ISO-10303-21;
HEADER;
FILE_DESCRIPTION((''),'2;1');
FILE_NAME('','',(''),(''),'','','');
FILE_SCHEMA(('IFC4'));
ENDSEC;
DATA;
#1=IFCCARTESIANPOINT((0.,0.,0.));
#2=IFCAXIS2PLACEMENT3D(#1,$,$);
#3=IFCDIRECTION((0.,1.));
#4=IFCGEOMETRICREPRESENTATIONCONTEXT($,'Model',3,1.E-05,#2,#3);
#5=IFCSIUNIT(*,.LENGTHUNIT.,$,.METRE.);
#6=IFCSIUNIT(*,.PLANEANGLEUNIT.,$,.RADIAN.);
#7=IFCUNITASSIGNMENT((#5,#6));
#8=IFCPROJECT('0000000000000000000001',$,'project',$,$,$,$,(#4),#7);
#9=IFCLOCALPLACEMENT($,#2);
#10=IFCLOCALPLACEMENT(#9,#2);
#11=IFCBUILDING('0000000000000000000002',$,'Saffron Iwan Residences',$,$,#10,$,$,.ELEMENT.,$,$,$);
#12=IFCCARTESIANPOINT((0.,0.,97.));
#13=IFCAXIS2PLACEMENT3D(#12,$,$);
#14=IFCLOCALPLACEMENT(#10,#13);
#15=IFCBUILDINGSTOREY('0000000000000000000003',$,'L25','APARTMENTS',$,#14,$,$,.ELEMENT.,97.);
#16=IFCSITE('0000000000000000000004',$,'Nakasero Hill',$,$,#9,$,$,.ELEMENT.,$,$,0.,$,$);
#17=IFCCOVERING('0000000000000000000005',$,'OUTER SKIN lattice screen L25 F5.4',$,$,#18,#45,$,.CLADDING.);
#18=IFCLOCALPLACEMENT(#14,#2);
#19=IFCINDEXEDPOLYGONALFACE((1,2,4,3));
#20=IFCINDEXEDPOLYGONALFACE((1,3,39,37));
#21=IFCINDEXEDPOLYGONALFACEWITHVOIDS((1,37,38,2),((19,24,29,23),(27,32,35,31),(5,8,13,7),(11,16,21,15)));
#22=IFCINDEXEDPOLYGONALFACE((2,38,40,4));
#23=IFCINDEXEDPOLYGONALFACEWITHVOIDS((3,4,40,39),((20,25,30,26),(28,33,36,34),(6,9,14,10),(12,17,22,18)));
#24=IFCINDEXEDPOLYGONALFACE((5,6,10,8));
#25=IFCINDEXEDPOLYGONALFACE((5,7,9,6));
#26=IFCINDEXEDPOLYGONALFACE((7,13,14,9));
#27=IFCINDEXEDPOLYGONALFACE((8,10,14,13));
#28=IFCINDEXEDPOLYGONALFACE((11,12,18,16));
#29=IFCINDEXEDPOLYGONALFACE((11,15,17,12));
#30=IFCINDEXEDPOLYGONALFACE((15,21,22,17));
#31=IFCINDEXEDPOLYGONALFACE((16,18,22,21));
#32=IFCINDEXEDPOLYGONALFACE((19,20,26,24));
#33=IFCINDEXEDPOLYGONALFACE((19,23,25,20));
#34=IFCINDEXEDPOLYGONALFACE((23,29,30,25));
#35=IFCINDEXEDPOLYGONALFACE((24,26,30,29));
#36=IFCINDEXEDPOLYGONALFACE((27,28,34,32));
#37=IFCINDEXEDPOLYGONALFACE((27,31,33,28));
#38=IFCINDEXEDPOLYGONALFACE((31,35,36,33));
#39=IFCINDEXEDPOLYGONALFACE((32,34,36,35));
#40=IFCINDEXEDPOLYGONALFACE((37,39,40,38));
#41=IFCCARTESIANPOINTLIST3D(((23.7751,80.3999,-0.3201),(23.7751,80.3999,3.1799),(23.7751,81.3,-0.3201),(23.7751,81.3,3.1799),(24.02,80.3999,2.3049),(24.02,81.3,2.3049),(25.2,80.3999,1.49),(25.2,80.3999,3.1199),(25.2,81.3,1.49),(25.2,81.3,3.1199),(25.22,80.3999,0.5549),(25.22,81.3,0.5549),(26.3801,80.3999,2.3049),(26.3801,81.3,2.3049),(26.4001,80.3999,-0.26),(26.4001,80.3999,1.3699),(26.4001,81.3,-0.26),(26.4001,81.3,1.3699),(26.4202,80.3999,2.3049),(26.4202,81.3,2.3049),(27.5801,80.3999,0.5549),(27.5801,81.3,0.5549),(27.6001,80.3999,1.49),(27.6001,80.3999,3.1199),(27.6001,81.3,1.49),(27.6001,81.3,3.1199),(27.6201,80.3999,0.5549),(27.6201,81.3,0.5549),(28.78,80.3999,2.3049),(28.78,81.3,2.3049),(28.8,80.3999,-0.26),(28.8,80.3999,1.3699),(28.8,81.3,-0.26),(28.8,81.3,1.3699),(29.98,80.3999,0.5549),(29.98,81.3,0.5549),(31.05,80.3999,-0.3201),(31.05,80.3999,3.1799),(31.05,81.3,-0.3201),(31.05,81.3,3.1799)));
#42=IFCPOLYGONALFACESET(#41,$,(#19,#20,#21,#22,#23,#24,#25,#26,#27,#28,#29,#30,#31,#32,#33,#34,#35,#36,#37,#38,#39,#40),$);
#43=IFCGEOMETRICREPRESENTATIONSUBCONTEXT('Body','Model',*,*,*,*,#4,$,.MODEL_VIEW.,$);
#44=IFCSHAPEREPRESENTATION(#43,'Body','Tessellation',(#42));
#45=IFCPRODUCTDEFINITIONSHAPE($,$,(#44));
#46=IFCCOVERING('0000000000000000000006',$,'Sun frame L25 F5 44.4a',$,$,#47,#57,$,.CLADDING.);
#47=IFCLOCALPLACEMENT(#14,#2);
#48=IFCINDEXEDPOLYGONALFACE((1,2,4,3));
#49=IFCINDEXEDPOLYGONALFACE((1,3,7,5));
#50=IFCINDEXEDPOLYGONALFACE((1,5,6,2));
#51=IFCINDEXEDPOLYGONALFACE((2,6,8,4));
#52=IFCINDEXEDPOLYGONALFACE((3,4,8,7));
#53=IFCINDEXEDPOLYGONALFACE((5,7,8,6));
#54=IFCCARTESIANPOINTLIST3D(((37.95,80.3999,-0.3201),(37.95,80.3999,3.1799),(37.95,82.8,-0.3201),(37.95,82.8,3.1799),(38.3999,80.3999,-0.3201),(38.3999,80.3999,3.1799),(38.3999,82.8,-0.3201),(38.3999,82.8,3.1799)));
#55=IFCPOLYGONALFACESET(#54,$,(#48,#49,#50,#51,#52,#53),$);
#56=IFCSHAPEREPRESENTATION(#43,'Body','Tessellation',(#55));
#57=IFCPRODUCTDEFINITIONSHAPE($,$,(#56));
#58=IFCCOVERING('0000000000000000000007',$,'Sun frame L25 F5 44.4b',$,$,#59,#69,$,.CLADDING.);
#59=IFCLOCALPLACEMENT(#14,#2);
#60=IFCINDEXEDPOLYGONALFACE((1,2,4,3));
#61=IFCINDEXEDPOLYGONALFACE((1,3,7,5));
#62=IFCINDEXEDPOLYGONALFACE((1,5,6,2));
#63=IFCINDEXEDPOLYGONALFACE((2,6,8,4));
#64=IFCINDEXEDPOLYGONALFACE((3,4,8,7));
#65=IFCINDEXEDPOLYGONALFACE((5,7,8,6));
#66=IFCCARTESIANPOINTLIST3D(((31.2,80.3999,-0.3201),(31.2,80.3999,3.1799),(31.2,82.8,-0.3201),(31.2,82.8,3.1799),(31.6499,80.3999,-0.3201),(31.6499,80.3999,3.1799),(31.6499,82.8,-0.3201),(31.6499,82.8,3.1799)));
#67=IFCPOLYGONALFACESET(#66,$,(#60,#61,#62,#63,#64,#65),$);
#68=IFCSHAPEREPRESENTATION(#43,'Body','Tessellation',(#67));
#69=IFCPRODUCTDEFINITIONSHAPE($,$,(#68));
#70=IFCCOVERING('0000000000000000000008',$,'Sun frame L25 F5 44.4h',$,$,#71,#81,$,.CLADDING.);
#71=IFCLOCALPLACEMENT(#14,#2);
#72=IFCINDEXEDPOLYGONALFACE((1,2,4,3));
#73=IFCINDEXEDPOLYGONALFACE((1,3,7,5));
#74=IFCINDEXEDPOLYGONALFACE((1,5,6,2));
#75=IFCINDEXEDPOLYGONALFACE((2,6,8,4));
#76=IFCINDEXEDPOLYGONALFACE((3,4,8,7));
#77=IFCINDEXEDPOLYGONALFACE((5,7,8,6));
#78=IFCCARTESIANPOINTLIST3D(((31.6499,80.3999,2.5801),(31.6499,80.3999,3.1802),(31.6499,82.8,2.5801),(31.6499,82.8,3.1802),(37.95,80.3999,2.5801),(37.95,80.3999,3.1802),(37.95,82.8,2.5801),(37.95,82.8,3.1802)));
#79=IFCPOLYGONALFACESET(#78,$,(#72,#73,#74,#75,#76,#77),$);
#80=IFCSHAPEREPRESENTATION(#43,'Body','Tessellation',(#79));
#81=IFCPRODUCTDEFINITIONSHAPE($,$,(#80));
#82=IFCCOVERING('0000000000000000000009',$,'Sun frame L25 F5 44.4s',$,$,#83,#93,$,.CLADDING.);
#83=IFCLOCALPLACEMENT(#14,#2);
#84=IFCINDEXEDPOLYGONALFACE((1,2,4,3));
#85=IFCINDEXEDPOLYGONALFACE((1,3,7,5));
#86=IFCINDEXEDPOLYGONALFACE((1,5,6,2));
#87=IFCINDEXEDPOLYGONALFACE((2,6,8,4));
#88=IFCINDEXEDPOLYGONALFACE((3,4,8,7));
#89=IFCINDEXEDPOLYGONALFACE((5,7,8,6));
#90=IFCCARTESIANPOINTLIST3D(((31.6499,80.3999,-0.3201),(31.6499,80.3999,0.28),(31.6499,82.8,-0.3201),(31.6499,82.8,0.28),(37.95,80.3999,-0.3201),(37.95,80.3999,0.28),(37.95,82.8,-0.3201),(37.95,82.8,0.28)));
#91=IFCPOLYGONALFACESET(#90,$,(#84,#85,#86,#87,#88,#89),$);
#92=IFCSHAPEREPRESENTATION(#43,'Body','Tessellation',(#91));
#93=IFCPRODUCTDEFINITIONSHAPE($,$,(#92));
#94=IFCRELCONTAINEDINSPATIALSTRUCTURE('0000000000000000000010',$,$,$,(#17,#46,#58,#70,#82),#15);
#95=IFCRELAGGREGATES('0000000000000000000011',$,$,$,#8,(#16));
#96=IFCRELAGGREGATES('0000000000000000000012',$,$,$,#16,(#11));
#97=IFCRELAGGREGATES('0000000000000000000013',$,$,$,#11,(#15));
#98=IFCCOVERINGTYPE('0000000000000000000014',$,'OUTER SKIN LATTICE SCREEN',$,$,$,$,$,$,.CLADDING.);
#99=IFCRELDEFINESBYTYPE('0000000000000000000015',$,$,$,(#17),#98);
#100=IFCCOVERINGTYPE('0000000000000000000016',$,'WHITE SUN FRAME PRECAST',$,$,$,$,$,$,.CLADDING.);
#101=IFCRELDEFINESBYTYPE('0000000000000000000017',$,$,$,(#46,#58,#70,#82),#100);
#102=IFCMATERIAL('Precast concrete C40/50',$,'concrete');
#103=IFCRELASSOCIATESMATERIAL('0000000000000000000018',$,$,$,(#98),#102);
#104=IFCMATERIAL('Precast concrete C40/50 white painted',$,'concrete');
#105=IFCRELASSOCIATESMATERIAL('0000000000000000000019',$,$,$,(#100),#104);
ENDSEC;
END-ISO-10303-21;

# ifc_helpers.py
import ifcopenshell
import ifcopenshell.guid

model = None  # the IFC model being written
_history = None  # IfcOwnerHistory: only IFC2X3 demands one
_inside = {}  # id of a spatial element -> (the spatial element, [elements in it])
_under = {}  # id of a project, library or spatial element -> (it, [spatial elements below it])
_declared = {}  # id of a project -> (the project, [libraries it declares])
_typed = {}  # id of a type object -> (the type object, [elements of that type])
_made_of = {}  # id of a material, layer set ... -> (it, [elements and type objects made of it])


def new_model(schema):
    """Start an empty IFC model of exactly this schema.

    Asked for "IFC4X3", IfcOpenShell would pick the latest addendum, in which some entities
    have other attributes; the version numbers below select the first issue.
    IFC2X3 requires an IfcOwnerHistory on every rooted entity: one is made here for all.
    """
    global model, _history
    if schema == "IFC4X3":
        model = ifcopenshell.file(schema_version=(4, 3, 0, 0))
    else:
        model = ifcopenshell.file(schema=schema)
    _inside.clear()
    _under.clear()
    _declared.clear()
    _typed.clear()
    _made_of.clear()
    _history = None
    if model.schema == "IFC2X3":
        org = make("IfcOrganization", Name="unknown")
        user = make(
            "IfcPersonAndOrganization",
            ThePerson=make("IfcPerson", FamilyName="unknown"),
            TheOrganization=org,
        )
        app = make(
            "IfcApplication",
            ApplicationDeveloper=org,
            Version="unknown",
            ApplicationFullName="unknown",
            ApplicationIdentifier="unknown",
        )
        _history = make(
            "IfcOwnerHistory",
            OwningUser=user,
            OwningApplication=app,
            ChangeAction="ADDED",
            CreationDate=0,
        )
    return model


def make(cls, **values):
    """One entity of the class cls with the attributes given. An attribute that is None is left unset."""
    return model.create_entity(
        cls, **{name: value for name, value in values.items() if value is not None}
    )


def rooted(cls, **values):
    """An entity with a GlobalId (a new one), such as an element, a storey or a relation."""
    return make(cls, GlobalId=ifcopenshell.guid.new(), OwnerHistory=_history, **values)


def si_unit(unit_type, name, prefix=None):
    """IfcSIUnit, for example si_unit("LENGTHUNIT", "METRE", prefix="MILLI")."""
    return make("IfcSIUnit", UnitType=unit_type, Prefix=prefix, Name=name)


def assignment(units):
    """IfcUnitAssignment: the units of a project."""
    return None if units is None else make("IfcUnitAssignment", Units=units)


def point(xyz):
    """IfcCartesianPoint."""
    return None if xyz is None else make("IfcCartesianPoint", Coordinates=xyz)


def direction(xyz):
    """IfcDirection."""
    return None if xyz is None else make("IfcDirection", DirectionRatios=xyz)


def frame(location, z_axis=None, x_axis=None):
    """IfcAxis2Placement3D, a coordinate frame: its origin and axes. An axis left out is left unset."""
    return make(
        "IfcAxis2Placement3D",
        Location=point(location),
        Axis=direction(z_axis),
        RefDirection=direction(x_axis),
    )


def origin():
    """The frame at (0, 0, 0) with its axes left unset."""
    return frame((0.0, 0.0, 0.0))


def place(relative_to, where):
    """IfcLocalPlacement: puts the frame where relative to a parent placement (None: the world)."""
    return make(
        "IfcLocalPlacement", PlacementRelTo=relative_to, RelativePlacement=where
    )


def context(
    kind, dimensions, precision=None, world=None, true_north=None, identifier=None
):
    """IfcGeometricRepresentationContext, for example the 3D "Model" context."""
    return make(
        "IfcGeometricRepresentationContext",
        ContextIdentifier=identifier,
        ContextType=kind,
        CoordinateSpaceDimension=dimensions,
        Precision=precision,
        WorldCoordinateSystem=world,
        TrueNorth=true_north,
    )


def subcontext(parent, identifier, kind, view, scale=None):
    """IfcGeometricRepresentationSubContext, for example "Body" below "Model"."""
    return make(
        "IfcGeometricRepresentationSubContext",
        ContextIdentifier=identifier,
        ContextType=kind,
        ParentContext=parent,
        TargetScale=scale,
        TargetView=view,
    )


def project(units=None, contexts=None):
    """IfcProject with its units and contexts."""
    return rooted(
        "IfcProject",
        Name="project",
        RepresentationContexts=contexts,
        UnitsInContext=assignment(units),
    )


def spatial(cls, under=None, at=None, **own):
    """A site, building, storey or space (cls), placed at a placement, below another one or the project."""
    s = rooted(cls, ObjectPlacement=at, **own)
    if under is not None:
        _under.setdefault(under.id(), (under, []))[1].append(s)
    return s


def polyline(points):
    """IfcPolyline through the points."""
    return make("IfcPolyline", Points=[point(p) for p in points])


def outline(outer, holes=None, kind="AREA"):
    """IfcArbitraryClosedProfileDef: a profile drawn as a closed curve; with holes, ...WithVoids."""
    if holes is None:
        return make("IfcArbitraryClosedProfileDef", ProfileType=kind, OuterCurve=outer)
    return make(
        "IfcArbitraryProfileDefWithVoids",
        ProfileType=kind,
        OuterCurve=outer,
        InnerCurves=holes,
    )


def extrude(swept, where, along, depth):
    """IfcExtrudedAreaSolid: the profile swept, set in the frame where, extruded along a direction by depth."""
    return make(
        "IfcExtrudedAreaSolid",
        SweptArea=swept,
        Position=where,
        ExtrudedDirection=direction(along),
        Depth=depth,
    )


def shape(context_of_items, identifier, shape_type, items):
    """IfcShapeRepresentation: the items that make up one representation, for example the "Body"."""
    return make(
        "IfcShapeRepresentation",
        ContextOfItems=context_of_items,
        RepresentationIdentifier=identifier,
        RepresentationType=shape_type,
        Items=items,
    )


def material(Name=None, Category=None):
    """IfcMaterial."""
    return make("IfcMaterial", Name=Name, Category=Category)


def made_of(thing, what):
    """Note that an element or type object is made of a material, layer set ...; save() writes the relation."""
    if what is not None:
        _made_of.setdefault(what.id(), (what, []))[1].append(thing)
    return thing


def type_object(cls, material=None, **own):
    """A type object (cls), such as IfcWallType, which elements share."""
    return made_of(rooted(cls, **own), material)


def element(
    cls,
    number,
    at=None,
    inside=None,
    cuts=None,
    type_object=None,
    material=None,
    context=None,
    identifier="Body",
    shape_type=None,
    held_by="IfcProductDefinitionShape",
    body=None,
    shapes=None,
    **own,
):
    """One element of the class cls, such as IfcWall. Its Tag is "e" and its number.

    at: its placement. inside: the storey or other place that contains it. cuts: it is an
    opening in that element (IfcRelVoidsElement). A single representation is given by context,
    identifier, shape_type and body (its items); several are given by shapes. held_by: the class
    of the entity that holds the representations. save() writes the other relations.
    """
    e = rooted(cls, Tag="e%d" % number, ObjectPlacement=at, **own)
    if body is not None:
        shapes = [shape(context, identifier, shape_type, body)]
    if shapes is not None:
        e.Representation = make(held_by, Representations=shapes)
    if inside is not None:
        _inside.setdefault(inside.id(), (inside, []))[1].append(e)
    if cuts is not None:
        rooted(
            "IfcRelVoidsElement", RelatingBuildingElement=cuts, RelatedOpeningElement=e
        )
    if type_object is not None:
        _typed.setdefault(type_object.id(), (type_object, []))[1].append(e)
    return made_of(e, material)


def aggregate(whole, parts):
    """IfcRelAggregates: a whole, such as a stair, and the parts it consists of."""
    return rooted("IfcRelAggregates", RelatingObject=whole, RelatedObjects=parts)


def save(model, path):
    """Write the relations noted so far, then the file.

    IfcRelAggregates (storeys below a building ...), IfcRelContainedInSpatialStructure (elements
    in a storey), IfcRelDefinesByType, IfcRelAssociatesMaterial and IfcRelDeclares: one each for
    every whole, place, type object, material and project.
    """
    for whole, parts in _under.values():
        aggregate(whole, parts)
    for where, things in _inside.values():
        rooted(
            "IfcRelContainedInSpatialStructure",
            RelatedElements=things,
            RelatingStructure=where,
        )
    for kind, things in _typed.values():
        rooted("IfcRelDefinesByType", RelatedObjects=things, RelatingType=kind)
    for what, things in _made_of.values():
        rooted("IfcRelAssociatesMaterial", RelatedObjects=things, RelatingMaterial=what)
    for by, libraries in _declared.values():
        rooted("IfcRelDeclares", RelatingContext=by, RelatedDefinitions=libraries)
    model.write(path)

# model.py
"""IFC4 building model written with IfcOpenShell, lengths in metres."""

from ifc_helpers import new_model, si_unit, direction, frame, origin, place, context, subcontext, project, spatial, polyline, outline, extrude, material, type_object, element, save


model = new_model("IFC4")

# Units and contexts
model_context = context("Model", 3, precision=1e-05, world=origin(), true_north=direction((0.0, 1.0)))
body_context = subcontext(model_context, "Body", "Model", "MODEL_VIEW")
ifc_project = project(units=[si_unit("LENGTHUNIT", "METRE"), si_unit("PLANEANGLEUNIT", "RADIAN")], contexts=[model_context])

# Site, building, storey
site_placement = place(None, origin())
site = spatial("IfcSite", under=ifc_project, at=site_placement, Name="Nakasero Hill", CompositionType="ELEMENT", RefElevation=0.0)
building_placement = place(site_placement, origin())
building = spatial("IfcBuilding", under=site, at=building_placement, Name="Saffron Iwan Residences", CompositionType="ELEMENT")
storey_placement = place(building_placement, frame((0.0, 0.0, 97.0)))
storey = spatial("IfcBuildingStorey", under=building, at=storey_placement, Name="L25", Description="APARTMENTS", CompositionType="ELEMENT", Elevation=97.0)

# Coverings
ifc_material_1 = material(Name="Precast concrete C40/50", Category="concrete")
covering_type_1 = type_object("IfcCoveringType", Name="OUTER SKIN LATTICE SCREEN", PredefinedType="CLADDING", material=ifc_material_1)
covering_placement = place(storey_placement, frame((31.05, 80.3999, -0.3201), z_axis=(0.0, 1.0, 0.0), x_axis=(-1.0, 0.0, 0.0)))
element("IfcCovering", 1, at=covering_placement, inside=storey, type_object=covering_type_1, Name="OUTER SKIN lattice screen L25 F5.4", PredefinedType="CLADDING", context=body_context, shape_type="SweptSolid", body=[
    extrude(outline(polyline([(0.0, 0.0), (7.2749, 0.0), (7.2749, 3.5), (0.0, 3.5), (0.0, 0.0)]), holes=[polyline([(1.0701, 0.875), (2.25, 0.0601), (3.4299, 0.875), (2.25, 1.6899), (1.0701, 0.875)]), polyline([(3.47, 0.875), (4.6499, 0.0601), (5.8301, 0.875), (4.6499, 1.6899), (3.47, 0.875)]), polyline([(2.27, 2.625), (3.45, 1.8101), (4.6299, 2.625), (3.45, 3.4399), (2.27, 2.625)]), polyline([(4.6699, 2.625), (5.8501, 1.8101), (7.03, 2.625), (5.8501, 3.4399), (4.6699, 2.625)])]), origin(), (0.0, 0.0, 1.0), 0.9001),
])
ifc_material_2 = material(Name="Precast concrete C40/50 white painted", Category="concrete")
covering_type_2 = type_object("IfcCoveringType", Name="WHITE SUN FRAME PRECAST", PredefinedType="CLADDING", material=ifc_material_2)
for number, where, z_axis, x_axis, name in (
    (2, (38.3999, 80.3999, -0.3201), (0.0, 1.0, 0.0), (-1.0, 0.0, 0.0), "Sun frame L25 F5 44.4a"),
    (3, (31.6499, 80.3999, -0.3201), (0.0, 1.0, 0.0), (-1.0, 0.0, 0.0), "Sun frame L25 F5 44.4b"),
):
    element("IfcCovering", number, at=place(storey_placement, frame(where, z_axis=z_axis, x_axis=x_axis)), inside=storey, type_object=covering_type_2, Name=name, PredefinedType="CLADDING", context=body_context, shape_type="SweptSolid", body=[
        extrude(outline(polyline([(0.0, 0.0), (0.45, 0.0), (0.45, 3.5), (0.0, 3.5), (0.0, 0.0)])), origin(), (0.0, 0.0, 1.0), 2.4001),
    ])
for number, where, z_axis, x_axis, name in (
    (4, (37.95, 80.3999, 2.5801), (0.0, 1.0, 0.0), (-1.0, 0.0, 0.0), "Sun frame L25 F5 44.4h"),
    (5, (37.95, 80.3999, -0.3201), (0.0, 1.0, 0.0), (-1.0, 0.0, 0.0), "Sun frame L25 F5 44.4s"),
):
    element("IfcCovering", number, at=place(storey_placement, frame(where, z_axis=z_axis, x_axis=x_axis)), inside=storey, type_object=covering_type_2, Name=name, PredefinedType="CLADDING", context=body_context, shape_type="SweptSolid", body=[
        extrude(outline(polyline([(0.0, 0.0), (6.3, 0.0), (6.3, 0.6001), (0.0, 0.6001), (0.0, 0.0)])), origin(), (0.0, 0.0, 1.0), 2.4001),
    ])

save(model, "model.ifc")
